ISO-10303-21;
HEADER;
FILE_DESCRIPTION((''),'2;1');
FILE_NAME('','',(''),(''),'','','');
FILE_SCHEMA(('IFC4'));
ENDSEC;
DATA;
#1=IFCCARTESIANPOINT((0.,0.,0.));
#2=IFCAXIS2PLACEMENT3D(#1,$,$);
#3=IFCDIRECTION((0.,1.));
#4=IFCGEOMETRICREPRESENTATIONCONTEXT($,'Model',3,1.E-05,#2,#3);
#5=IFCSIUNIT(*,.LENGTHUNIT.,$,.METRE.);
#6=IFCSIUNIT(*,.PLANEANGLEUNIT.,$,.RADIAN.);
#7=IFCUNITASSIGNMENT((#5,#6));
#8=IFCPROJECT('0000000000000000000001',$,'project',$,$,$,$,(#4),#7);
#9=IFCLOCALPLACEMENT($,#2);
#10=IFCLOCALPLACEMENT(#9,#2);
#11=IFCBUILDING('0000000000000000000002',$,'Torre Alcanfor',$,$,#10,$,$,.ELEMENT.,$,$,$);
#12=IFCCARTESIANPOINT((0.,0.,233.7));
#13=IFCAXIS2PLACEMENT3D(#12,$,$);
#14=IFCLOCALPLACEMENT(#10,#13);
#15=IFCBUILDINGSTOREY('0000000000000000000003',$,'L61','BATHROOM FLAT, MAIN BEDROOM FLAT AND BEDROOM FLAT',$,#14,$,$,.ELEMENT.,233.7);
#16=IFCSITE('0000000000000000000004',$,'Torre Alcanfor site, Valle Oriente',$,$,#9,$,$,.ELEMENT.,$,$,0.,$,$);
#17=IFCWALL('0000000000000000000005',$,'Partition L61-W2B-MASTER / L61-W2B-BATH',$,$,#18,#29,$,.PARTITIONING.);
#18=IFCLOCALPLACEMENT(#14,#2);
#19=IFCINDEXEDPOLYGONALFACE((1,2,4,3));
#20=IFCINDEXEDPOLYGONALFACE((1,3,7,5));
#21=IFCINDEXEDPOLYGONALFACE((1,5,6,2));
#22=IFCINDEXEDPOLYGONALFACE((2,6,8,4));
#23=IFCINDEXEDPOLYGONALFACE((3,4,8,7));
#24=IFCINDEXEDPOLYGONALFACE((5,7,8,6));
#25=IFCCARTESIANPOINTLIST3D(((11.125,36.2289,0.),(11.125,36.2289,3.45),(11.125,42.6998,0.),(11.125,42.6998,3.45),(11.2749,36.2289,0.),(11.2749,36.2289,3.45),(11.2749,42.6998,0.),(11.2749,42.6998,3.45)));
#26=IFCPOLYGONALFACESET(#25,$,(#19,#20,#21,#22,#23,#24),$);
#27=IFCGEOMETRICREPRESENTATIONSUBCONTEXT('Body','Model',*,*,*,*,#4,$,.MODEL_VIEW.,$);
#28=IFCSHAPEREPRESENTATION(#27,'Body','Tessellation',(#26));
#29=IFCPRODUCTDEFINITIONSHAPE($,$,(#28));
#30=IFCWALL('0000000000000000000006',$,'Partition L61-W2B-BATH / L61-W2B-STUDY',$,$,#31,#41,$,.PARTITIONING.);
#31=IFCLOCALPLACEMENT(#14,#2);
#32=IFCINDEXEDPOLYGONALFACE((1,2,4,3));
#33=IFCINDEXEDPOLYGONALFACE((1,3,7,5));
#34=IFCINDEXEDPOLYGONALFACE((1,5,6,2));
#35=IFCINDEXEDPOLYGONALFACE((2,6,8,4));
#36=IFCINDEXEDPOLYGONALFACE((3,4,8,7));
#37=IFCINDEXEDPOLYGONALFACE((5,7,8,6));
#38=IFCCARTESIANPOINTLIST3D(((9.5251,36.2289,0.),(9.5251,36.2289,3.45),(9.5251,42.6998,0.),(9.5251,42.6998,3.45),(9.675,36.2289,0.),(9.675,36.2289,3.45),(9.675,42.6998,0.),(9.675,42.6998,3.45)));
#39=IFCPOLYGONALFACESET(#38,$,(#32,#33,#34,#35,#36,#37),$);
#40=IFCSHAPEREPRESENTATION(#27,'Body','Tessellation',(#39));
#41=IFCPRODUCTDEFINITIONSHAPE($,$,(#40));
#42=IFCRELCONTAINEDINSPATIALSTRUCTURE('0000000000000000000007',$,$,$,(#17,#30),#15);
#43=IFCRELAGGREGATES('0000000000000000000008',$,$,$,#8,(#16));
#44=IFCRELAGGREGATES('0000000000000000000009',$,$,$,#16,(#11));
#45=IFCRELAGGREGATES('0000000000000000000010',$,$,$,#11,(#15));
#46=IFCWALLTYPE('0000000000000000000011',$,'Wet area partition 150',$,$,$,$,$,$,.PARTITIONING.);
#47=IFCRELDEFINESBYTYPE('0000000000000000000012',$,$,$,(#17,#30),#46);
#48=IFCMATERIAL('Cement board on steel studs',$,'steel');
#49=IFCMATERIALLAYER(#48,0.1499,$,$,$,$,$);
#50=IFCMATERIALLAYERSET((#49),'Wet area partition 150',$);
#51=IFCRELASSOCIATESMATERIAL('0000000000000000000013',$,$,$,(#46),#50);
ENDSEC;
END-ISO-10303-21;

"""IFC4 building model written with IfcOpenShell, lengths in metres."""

from ifc_helpers import new_model, si_unit, direction, frame, frame_2d, origin, place, context, subcontext, project, spatial, rectangle, extrude, material, layer, layer_set, type_object, element, save


model = new_model("IFC4")

# Units and contexts
model_context = context("Model", 3, precision=1e-05, world=origin(), true_north=direction((0.0, 1.0)))
body_context = subcontext(model_context, "Body", "Model", "MODEL_VIEW")
ifc_project = project(units=[si_unit("LENGTHUNIT", "METRE"), si_unit("PLANEANGLEUNIT", "RADIAN")], contexts=[model_context])

# Site, building, storey
site_placement = place(None, origin())
site = spatial("IfcSite", under=ifc_project, at=site_placement, Name="Torre Alcanfor site, Valle Oriente", CompositionType="ELEMENT", RefElevation=0.0)
building_placement = place(site_placement, origin())
building = spatial("IfcBuilding", under=site, at=building_placement, Name="Torre Alcanfor", CompositionType="ELEMENT")
storey_placement = place(building_placement, frame((0.0, 0.0, 233.7)))
storey = spatial("IfcBuildingStorey", under=building, at=storey_placement, Name="L61", Description="BATHROOM FLAT, MAIN BEDROOM FLAT AND BEDROOM FLAT", CompositionType="ELEMENT", Elevation=233.7)

# Shared definitions
ifc_material_1 = material(Name="Cement board on steel studs", Category="steel")
ifc_layer_1 = layer(ifc_material_1, 0.1499)
ifc_layer_set_1 = layer_set([ifc_layer_1], Name="Wet area partition 150")
wall_type_1 = type_object("IfcWallType", Name="Wet area partition 150", PredefinedType="PARTITIONING", material=ifc_layer_set_1)

# Walls
for number, where, z_axis, x_axis, name in (
    (1, (11.2, 36.229, 0.0), (0.0, 0.0, 1.0), (0.0, 1.0, 0.0), "Partition L61-W2B-MASTER / L61-W2B-BATH"),
    (2, (9.6001, 36.229, 0.0), (0.0, 0.0, 1.0), (0.0, 1.0, 0.0), "Partition L61-W2B-BATH / L61-W2B-STUDY"),
):
    element("IfcWall", number, at=place(storey_placement, frame(where, z_axis=z_axis, x_axis=x_axis)), inside=storey, type_object=wall_type_1, Name=name, PredefinedType="PARTITIONING", context=body_context, shape_type="SweptSolid", body=[
        extrude(rectangle(XDim=6.4709, YDim=0.1499, at=frame_2d((3.2354, 0.0))), origin(), (0.0, 0.0, 1.0), 3.45),
    ])

save(model, "model.ifc")
